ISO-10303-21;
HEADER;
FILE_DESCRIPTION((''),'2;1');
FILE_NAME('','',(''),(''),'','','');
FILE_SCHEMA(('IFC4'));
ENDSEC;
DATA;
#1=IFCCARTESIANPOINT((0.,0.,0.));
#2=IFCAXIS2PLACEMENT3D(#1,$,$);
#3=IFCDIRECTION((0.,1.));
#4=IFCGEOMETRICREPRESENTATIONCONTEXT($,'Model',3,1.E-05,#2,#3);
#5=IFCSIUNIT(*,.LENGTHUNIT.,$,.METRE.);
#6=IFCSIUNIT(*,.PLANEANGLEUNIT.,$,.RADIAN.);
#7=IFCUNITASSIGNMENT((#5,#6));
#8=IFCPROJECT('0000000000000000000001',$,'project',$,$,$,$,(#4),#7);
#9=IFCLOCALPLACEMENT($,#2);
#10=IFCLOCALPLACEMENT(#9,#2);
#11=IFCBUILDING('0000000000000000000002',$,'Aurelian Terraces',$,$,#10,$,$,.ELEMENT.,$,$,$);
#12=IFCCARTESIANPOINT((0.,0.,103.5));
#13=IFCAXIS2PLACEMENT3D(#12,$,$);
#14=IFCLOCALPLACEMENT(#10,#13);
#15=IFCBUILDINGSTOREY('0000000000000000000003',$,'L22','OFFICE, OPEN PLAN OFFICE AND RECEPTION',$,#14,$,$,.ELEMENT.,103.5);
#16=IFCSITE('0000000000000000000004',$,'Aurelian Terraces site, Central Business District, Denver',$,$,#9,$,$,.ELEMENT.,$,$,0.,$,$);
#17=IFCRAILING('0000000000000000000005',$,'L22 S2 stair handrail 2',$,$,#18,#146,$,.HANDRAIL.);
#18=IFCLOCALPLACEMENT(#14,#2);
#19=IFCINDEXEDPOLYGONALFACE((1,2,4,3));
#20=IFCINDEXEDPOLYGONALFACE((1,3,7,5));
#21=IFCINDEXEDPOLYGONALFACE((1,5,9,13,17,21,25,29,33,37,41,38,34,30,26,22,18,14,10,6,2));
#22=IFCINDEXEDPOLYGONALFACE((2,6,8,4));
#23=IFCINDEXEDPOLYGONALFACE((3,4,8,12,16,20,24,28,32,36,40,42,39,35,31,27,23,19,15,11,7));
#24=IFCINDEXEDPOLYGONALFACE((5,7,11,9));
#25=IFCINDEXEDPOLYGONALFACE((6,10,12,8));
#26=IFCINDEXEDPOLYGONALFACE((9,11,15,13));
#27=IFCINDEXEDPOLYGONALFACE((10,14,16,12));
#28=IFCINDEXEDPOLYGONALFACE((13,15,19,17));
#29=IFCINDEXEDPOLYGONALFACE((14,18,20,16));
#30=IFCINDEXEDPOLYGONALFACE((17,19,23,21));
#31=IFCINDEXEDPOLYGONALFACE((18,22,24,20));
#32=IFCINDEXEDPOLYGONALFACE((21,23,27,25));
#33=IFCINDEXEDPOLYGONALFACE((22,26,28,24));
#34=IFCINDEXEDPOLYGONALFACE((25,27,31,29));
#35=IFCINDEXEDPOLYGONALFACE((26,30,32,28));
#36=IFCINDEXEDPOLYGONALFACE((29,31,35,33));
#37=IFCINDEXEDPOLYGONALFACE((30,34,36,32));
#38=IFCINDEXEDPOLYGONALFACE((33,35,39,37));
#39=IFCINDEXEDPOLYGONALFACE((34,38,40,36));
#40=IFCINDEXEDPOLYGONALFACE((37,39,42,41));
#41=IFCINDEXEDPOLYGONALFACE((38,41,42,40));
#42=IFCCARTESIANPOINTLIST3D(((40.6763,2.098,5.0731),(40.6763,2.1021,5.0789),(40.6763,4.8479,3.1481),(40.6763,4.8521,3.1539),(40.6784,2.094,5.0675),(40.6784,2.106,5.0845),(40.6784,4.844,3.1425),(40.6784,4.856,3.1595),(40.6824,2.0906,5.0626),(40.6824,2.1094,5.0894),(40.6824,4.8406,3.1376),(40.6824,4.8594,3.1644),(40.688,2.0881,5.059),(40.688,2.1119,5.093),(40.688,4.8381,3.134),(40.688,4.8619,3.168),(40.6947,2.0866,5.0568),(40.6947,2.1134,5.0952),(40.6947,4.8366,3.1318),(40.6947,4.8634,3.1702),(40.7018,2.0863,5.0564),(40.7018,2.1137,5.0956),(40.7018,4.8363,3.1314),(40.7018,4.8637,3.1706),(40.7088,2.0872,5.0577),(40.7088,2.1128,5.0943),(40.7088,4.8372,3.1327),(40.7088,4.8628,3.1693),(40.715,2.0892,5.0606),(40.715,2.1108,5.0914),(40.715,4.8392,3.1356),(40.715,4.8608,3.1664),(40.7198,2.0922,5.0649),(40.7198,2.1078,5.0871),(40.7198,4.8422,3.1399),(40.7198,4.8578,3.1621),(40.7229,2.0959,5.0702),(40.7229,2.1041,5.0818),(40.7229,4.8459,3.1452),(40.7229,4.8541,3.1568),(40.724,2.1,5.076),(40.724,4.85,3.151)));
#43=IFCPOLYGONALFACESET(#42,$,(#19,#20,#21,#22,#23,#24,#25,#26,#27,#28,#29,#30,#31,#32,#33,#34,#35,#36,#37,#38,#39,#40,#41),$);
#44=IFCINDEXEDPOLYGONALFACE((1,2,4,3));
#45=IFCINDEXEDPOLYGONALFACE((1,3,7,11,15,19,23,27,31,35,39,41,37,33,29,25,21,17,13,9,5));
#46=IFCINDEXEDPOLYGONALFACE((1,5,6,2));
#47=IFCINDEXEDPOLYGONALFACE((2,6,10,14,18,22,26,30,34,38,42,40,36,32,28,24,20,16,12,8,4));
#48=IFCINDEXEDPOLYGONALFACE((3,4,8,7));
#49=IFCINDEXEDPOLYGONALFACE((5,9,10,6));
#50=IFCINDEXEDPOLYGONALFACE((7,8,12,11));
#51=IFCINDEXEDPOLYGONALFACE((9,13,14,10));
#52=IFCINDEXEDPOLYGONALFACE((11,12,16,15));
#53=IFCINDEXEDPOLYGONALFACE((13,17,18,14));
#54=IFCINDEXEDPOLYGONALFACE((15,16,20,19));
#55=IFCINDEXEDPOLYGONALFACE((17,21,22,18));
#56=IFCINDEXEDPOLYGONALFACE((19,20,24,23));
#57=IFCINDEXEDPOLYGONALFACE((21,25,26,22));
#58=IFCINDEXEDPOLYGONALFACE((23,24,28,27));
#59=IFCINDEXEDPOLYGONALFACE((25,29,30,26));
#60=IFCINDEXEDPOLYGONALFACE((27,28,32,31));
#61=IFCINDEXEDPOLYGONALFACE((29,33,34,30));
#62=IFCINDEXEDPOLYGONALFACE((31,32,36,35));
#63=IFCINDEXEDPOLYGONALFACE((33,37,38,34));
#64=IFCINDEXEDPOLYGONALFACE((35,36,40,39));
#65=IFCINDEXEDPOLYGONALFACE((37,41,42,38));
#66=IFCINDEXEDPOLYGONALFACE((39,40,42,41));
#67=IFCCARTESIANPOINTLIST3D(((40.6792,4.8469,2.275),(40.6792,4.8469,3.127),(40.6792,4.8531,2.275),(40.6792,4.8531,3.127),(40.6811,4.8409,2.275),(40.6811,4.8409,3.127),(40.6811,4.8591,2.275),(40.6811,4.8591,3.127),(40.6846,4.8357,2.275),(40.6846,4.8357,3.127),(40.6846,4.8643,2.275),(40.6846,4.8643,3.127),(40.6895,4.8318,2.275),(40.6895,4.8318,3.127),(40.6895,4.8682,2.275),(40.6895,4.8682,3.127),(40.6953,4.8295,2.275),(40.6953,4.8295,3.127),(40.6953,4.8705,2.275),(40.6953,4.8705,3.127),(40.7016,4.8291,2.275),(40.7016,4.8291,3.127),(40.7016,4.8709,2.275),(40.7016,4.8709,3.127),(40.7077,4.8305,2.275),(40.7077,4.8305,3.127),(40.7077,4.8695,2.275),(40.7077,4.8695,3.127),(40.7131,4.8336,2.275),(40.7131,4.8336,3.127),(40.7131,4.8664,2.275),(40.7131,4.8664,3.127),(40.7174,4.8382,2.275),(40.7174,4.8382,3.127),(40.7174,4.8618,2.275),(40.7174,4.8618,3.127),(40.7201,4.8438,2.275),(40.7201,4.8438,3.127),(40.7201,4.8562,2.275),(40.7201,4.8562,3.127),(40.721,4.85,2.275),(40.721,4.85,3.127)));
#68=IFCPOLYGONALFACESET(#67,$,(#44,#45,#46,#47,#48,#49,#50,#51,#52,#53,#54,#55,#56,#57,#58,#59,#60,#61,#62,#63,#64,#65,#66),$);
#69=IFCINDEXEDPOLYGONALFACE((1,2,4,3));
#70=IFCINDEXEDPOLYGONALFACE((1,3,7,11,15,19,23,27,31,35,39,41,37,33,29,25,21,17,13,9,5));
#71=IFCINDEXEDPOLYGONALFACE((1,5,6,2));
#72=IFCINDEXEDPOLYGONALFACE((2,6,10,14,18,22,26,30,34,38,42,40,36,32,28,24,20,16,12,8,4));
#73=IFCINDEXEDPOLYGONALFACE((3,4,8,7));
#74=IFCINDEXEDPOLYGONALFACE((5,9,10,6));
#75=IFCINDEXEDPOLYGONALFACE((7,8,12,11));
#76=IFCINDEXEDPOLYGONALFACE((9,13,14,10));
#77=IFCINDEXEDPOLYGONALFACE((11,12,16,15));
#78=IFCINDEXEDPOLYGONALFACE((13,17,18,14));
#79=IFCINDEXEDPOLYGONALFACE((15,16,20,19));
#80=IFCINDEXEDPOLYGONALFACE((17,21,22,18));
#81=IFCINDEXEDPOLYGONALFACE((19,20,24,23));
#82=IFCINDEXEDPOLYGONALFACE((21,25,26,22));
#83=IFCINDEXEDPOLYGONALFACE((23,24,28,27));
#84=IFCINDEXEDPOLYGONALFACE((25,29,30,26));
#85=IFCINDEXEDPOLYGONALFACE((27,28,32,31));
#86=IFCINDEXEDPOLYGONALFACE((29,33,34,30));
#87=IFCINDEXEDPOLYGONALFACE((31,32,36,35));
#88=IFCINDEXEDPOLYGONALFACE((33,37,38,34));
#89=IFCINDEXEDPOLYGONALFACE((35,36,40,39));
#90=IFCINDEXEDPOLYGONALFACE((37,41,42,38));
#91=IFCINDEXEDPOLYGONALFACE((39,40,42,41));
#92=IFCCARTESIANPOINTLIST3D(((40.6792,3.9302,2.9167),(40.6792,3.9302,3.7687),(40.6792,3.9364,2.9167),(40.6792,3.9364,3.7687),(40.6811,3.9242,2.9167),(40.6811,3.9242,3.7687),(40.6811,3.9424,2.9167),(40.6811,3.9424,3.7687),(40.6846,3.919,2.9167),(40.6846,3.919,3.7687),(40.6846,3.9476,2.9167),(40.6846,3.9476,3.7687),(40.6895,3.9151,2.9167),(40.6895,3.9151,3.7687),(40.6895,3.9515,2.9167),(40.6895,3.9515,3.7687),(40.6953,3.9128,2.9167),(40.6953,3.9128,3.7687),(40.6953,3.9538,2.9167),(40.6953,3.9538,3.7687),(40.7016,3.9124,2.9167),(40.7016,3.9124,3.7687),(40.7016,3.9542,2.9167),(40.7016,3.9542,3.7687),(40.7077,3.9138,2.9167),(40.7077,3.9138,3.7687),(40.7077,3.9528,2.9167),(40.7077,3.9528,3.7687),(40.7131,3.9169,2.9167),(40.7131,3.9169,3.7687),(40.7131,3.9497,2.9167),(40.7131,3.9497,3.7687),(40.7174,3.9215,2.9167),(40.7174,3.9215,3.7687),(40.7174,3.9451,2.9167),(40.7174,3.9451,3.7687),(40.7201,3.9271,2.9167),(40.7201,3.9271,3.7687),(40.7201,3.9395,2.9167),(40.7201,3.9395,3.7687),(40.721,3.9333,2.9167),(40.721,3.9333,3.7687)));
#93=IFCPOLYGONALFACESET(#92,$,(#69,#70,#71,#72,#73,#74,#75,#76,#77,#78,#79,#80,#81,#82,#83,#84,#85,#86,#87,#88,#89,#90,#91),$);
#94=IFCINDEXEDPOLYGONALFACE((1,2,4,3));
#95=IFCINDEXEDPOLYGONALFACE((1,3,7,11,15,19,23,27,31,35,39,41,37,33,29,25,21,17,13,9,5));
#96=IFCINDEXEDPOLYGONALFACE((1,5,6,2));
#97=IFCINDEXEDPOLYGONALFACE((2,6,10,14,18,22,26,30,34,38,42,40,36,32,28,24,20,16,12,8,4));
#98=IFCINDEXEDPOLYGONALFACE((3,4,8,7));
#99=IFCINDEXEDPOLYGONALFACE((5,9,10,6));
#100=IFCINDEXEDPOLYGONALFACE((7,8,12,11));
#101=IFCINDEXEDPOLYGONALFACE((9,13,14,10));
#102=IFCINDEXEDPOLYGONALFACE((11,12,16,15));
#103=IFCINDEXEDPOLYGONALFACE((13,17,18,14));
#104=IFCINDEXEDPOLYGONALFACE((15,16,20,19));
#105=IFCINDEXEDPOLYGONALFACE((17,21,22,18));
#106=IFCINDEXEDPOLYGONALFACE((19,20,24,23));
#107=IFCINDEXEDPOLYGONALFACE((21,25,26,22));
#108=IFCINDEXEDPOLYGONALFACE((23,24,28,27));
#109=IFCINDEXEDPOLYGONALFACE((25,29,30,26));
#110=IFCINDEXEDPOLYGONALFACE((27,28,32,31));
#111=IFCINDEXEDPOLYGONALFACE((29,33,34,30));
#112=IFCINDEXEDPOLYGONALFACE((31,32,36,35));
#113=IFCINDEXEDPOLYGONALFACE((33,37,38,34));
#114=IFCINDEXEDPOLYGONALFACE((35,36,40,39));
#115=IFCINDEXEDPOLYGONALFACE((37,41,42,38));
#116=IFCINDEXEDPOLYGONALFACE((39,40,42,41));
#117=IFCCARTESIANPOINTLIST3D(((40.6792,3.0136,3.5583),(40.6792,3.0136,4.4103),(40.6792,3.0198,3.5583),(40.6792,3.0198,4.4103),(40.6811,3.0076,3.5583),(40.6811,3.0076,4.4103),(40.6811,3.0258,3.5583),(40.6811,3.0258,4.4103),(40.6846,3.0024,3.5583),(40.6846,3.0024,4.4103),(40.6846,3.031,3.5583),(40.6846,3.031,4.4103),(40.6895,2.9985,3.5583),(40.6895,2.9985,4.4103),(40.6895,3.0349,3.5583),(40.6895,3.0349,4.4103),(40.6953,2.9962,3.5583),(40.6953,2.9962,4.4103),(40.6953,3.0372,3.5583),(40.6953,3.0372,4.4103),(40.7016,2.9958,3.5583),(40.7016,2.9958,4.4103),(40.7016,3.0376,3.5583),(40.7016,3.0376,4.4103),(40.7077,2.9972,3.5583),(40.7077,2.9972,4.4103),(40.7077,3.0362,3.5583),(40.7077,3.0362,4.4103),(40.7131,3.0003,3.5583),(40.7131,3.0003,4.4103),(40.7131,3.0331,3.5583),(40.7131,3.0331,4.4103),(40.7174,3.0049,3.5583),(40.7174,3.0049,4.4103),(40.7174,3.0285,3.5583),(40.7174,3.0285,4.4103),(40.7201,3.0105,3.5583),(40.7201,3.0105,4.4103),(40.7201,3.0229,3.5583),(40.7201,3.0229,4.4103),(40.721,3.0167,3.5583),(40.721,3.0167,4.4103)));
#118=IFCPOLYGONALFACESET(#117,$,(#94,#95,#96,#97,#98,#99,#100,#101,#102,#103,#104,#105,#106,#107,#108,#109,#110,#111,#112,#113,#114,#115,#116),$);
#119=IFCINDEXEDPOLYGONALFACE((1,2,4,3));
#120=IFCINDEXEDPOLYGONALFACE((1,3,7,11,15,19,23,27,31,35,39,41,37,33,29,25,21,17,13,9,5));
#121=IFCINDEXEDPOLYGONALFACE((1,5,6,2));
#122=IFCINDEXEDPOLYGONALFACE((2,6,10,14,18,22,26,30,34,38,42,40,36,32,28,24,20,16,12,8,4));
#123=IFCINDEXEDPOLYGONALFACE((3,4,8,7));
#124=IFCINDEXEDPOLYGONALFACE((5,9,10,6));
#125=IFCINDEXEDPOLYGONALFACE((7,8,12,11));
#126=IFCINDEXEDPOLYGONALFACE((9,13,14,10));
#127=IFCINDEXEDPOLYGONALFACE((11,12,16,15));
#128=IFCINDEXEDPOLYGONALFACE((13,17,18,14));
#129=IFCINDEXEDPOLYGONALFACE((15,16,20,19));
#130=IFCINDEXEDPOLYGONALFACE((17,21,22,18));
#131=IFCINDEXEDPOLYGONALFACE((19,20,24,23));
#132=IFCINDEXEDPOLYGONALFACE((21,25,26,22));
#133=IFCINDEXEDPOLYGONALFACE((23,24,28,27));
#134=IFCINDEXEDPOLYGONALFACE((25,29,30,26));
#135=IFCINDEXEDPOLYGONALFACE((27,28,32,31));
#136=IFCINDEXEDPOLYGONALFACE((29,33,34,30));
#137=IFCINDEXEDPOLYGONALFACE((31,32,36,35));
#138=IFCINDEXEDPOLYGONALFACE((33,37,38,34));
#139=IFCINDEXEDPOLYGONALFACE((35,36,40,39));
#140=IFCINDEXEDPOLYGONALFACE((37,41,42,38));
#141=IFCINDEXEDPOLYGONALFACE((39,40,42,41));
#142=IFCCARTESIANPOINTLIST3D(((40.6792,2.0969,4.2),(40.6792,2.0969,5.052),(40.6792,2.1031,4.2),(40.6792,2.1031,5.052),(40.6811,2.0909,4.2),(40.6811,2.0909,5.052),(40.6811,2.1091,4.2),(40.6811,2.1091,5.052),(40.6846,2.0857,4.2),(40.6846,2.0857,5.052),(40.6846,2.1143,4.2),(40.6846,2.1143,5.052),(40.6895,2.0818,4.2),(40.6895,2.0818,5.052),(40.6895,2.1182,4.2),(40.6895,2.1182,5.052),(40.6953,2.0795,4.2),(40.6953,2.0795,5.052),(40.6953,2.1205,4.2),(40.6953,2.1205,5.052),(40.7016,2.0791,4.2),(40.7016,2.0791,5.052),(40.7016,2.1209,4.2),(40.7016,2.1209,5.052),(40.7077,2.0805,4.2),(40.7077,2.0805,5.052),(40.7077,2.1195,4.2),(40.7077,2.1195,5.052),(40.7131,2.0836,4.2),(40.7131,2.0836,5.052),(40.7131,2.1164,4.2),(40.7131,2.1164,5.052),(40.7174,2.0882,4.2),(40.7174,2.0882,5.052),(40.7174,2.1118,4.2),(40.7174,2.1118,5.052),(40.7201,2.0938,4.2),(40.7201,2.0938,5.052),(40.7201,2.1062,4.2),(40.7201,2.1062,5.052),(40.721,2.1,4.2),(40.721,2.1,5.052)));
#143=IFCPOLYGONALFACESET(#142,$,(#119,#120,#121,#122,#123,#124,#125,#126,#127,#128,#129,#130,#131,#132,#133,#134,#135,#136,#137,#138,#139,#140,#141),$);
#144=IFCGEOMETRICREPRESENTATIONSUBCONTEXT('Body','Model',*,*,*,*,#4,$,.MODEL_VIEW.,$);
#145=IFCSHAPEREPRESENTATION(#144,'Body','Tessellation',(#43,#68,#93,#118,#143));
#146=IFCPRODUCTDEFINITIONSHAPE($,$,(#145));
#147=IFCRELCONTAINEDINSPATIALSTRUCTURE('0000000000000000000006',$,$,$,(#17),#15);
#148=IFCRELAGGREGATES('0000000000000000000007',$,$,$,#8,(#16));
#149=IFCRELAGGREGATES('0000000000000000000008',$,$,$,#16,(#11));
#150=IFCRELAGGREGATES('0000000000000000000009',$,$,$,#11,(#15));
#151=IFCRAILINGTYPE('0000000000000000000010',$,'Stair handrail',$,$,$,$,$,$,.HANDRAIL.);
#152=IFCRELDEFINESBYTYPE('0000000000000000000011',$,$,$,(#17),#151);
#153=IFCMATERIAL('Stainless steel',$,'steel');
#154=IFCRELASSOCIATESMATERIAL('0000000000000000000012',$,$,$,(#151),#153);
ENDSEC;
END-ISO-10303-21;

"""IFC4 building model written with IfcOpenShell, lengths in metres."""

from ifc_helpers import new_model, si_unit, direction, frame, origin, origin_2d, place, context, subcontext, project, spatial, circle, extrude, source, transform, mapped, material, type_object, element, save


model = new_model("IFC4")

# Units and contexts
model_context = context("Model", 3, precision=1e-05, world=origin(), true_north=direction((0.0, 1.0)))
body_context = subcontext(model_context, "Body", "Model", "MODEL_VIEW")
ifc_project = project(units=[si_unit("LENGTHUNIT", "METRE"), si_unit("PLANEANGLEUNIT", "RADIAN")], contexts=[model_context])

# Site, building, storey
site_placement = place(None, origin())
site = spatial("IfcSite", under=ifc_project, at=site_placement, Name="Aurelian Terraces site, Central Business District, Denver", CompositionType="ELEMENT", RefElevation=0.0)
building_placement = place(site_placement, origin())
building = spatial("IfcBuilding", under=site, at=building_placement, Name="Aurelian Terraces", CompositionType="ELEMENT")
storey_placement = place(building_placement, frame((0.0, 0.0, 103.5)))
storey = spatial("IfcBuildingStorey", under=building, at=storey_placement, Name="L22", Description="OFFICE, OPEN PLAN OFFICE AND RECEPTION", CompositionType="ELEMENT", Elevation=103.5)

# Railing
ifc_material_1 = material(Name="Stainless steel", Category="steel")
railing_type_1 = type_object("IfcRailingType", Name="Stair handrail", PredefinedType="HANDRAIL", material=ifc_material_1)
shared_shape_1 = source(origin(), body_context, "Body", "SweptSolid", [
    extrude(circle(Radius=0.024, at=origin_2d()), frame((0.0, 0.0, 0.876), z_axis=(0.0, -0.819232, 0.573462), x_axis=(1.0, 0.0, 0.0)), (0.0, 0.0, 1.0), 3.3568),
    extrude(circle(Radius=0.021, at=origin_2d()), origin(), (0.0, 0.0, 1.0), 0.852),
    extrude(circle(Radius=0.021, at=origin_2d()), frame((0.0, -0.9167, 0.6417)), (0.0, 0.0, 1.0), 0.852),
    extrude(circle(Radius=0.021, at=origin_2d()), frame((0.0, -1.8333, 1.2833)), (0.0, 0.0, 1.0), 0.852),
    extrude(circle(Radius=0.021, at=origin_2d()), frame((0.0, -2.75, 1.925)), (0.0, 0.0, 1.0), 0.852),
])
railing_1_placement = place(storey_placement, frame((40.7, 4.85, 2.275)))
element("IfcRailing", 1, at=railing_1_placement, inside=storey, type_object=railing_type_1, Name="L22 S2 stair handrail 2", PredefinedType="HANDRAIL", context=body_context, shape_type="MappedRepresentation", body=[
    mapped(shared_shape_1, transform((0.0, 0.0, 0.0), scale=1.0)),
])

save(model, "model.ifc")
